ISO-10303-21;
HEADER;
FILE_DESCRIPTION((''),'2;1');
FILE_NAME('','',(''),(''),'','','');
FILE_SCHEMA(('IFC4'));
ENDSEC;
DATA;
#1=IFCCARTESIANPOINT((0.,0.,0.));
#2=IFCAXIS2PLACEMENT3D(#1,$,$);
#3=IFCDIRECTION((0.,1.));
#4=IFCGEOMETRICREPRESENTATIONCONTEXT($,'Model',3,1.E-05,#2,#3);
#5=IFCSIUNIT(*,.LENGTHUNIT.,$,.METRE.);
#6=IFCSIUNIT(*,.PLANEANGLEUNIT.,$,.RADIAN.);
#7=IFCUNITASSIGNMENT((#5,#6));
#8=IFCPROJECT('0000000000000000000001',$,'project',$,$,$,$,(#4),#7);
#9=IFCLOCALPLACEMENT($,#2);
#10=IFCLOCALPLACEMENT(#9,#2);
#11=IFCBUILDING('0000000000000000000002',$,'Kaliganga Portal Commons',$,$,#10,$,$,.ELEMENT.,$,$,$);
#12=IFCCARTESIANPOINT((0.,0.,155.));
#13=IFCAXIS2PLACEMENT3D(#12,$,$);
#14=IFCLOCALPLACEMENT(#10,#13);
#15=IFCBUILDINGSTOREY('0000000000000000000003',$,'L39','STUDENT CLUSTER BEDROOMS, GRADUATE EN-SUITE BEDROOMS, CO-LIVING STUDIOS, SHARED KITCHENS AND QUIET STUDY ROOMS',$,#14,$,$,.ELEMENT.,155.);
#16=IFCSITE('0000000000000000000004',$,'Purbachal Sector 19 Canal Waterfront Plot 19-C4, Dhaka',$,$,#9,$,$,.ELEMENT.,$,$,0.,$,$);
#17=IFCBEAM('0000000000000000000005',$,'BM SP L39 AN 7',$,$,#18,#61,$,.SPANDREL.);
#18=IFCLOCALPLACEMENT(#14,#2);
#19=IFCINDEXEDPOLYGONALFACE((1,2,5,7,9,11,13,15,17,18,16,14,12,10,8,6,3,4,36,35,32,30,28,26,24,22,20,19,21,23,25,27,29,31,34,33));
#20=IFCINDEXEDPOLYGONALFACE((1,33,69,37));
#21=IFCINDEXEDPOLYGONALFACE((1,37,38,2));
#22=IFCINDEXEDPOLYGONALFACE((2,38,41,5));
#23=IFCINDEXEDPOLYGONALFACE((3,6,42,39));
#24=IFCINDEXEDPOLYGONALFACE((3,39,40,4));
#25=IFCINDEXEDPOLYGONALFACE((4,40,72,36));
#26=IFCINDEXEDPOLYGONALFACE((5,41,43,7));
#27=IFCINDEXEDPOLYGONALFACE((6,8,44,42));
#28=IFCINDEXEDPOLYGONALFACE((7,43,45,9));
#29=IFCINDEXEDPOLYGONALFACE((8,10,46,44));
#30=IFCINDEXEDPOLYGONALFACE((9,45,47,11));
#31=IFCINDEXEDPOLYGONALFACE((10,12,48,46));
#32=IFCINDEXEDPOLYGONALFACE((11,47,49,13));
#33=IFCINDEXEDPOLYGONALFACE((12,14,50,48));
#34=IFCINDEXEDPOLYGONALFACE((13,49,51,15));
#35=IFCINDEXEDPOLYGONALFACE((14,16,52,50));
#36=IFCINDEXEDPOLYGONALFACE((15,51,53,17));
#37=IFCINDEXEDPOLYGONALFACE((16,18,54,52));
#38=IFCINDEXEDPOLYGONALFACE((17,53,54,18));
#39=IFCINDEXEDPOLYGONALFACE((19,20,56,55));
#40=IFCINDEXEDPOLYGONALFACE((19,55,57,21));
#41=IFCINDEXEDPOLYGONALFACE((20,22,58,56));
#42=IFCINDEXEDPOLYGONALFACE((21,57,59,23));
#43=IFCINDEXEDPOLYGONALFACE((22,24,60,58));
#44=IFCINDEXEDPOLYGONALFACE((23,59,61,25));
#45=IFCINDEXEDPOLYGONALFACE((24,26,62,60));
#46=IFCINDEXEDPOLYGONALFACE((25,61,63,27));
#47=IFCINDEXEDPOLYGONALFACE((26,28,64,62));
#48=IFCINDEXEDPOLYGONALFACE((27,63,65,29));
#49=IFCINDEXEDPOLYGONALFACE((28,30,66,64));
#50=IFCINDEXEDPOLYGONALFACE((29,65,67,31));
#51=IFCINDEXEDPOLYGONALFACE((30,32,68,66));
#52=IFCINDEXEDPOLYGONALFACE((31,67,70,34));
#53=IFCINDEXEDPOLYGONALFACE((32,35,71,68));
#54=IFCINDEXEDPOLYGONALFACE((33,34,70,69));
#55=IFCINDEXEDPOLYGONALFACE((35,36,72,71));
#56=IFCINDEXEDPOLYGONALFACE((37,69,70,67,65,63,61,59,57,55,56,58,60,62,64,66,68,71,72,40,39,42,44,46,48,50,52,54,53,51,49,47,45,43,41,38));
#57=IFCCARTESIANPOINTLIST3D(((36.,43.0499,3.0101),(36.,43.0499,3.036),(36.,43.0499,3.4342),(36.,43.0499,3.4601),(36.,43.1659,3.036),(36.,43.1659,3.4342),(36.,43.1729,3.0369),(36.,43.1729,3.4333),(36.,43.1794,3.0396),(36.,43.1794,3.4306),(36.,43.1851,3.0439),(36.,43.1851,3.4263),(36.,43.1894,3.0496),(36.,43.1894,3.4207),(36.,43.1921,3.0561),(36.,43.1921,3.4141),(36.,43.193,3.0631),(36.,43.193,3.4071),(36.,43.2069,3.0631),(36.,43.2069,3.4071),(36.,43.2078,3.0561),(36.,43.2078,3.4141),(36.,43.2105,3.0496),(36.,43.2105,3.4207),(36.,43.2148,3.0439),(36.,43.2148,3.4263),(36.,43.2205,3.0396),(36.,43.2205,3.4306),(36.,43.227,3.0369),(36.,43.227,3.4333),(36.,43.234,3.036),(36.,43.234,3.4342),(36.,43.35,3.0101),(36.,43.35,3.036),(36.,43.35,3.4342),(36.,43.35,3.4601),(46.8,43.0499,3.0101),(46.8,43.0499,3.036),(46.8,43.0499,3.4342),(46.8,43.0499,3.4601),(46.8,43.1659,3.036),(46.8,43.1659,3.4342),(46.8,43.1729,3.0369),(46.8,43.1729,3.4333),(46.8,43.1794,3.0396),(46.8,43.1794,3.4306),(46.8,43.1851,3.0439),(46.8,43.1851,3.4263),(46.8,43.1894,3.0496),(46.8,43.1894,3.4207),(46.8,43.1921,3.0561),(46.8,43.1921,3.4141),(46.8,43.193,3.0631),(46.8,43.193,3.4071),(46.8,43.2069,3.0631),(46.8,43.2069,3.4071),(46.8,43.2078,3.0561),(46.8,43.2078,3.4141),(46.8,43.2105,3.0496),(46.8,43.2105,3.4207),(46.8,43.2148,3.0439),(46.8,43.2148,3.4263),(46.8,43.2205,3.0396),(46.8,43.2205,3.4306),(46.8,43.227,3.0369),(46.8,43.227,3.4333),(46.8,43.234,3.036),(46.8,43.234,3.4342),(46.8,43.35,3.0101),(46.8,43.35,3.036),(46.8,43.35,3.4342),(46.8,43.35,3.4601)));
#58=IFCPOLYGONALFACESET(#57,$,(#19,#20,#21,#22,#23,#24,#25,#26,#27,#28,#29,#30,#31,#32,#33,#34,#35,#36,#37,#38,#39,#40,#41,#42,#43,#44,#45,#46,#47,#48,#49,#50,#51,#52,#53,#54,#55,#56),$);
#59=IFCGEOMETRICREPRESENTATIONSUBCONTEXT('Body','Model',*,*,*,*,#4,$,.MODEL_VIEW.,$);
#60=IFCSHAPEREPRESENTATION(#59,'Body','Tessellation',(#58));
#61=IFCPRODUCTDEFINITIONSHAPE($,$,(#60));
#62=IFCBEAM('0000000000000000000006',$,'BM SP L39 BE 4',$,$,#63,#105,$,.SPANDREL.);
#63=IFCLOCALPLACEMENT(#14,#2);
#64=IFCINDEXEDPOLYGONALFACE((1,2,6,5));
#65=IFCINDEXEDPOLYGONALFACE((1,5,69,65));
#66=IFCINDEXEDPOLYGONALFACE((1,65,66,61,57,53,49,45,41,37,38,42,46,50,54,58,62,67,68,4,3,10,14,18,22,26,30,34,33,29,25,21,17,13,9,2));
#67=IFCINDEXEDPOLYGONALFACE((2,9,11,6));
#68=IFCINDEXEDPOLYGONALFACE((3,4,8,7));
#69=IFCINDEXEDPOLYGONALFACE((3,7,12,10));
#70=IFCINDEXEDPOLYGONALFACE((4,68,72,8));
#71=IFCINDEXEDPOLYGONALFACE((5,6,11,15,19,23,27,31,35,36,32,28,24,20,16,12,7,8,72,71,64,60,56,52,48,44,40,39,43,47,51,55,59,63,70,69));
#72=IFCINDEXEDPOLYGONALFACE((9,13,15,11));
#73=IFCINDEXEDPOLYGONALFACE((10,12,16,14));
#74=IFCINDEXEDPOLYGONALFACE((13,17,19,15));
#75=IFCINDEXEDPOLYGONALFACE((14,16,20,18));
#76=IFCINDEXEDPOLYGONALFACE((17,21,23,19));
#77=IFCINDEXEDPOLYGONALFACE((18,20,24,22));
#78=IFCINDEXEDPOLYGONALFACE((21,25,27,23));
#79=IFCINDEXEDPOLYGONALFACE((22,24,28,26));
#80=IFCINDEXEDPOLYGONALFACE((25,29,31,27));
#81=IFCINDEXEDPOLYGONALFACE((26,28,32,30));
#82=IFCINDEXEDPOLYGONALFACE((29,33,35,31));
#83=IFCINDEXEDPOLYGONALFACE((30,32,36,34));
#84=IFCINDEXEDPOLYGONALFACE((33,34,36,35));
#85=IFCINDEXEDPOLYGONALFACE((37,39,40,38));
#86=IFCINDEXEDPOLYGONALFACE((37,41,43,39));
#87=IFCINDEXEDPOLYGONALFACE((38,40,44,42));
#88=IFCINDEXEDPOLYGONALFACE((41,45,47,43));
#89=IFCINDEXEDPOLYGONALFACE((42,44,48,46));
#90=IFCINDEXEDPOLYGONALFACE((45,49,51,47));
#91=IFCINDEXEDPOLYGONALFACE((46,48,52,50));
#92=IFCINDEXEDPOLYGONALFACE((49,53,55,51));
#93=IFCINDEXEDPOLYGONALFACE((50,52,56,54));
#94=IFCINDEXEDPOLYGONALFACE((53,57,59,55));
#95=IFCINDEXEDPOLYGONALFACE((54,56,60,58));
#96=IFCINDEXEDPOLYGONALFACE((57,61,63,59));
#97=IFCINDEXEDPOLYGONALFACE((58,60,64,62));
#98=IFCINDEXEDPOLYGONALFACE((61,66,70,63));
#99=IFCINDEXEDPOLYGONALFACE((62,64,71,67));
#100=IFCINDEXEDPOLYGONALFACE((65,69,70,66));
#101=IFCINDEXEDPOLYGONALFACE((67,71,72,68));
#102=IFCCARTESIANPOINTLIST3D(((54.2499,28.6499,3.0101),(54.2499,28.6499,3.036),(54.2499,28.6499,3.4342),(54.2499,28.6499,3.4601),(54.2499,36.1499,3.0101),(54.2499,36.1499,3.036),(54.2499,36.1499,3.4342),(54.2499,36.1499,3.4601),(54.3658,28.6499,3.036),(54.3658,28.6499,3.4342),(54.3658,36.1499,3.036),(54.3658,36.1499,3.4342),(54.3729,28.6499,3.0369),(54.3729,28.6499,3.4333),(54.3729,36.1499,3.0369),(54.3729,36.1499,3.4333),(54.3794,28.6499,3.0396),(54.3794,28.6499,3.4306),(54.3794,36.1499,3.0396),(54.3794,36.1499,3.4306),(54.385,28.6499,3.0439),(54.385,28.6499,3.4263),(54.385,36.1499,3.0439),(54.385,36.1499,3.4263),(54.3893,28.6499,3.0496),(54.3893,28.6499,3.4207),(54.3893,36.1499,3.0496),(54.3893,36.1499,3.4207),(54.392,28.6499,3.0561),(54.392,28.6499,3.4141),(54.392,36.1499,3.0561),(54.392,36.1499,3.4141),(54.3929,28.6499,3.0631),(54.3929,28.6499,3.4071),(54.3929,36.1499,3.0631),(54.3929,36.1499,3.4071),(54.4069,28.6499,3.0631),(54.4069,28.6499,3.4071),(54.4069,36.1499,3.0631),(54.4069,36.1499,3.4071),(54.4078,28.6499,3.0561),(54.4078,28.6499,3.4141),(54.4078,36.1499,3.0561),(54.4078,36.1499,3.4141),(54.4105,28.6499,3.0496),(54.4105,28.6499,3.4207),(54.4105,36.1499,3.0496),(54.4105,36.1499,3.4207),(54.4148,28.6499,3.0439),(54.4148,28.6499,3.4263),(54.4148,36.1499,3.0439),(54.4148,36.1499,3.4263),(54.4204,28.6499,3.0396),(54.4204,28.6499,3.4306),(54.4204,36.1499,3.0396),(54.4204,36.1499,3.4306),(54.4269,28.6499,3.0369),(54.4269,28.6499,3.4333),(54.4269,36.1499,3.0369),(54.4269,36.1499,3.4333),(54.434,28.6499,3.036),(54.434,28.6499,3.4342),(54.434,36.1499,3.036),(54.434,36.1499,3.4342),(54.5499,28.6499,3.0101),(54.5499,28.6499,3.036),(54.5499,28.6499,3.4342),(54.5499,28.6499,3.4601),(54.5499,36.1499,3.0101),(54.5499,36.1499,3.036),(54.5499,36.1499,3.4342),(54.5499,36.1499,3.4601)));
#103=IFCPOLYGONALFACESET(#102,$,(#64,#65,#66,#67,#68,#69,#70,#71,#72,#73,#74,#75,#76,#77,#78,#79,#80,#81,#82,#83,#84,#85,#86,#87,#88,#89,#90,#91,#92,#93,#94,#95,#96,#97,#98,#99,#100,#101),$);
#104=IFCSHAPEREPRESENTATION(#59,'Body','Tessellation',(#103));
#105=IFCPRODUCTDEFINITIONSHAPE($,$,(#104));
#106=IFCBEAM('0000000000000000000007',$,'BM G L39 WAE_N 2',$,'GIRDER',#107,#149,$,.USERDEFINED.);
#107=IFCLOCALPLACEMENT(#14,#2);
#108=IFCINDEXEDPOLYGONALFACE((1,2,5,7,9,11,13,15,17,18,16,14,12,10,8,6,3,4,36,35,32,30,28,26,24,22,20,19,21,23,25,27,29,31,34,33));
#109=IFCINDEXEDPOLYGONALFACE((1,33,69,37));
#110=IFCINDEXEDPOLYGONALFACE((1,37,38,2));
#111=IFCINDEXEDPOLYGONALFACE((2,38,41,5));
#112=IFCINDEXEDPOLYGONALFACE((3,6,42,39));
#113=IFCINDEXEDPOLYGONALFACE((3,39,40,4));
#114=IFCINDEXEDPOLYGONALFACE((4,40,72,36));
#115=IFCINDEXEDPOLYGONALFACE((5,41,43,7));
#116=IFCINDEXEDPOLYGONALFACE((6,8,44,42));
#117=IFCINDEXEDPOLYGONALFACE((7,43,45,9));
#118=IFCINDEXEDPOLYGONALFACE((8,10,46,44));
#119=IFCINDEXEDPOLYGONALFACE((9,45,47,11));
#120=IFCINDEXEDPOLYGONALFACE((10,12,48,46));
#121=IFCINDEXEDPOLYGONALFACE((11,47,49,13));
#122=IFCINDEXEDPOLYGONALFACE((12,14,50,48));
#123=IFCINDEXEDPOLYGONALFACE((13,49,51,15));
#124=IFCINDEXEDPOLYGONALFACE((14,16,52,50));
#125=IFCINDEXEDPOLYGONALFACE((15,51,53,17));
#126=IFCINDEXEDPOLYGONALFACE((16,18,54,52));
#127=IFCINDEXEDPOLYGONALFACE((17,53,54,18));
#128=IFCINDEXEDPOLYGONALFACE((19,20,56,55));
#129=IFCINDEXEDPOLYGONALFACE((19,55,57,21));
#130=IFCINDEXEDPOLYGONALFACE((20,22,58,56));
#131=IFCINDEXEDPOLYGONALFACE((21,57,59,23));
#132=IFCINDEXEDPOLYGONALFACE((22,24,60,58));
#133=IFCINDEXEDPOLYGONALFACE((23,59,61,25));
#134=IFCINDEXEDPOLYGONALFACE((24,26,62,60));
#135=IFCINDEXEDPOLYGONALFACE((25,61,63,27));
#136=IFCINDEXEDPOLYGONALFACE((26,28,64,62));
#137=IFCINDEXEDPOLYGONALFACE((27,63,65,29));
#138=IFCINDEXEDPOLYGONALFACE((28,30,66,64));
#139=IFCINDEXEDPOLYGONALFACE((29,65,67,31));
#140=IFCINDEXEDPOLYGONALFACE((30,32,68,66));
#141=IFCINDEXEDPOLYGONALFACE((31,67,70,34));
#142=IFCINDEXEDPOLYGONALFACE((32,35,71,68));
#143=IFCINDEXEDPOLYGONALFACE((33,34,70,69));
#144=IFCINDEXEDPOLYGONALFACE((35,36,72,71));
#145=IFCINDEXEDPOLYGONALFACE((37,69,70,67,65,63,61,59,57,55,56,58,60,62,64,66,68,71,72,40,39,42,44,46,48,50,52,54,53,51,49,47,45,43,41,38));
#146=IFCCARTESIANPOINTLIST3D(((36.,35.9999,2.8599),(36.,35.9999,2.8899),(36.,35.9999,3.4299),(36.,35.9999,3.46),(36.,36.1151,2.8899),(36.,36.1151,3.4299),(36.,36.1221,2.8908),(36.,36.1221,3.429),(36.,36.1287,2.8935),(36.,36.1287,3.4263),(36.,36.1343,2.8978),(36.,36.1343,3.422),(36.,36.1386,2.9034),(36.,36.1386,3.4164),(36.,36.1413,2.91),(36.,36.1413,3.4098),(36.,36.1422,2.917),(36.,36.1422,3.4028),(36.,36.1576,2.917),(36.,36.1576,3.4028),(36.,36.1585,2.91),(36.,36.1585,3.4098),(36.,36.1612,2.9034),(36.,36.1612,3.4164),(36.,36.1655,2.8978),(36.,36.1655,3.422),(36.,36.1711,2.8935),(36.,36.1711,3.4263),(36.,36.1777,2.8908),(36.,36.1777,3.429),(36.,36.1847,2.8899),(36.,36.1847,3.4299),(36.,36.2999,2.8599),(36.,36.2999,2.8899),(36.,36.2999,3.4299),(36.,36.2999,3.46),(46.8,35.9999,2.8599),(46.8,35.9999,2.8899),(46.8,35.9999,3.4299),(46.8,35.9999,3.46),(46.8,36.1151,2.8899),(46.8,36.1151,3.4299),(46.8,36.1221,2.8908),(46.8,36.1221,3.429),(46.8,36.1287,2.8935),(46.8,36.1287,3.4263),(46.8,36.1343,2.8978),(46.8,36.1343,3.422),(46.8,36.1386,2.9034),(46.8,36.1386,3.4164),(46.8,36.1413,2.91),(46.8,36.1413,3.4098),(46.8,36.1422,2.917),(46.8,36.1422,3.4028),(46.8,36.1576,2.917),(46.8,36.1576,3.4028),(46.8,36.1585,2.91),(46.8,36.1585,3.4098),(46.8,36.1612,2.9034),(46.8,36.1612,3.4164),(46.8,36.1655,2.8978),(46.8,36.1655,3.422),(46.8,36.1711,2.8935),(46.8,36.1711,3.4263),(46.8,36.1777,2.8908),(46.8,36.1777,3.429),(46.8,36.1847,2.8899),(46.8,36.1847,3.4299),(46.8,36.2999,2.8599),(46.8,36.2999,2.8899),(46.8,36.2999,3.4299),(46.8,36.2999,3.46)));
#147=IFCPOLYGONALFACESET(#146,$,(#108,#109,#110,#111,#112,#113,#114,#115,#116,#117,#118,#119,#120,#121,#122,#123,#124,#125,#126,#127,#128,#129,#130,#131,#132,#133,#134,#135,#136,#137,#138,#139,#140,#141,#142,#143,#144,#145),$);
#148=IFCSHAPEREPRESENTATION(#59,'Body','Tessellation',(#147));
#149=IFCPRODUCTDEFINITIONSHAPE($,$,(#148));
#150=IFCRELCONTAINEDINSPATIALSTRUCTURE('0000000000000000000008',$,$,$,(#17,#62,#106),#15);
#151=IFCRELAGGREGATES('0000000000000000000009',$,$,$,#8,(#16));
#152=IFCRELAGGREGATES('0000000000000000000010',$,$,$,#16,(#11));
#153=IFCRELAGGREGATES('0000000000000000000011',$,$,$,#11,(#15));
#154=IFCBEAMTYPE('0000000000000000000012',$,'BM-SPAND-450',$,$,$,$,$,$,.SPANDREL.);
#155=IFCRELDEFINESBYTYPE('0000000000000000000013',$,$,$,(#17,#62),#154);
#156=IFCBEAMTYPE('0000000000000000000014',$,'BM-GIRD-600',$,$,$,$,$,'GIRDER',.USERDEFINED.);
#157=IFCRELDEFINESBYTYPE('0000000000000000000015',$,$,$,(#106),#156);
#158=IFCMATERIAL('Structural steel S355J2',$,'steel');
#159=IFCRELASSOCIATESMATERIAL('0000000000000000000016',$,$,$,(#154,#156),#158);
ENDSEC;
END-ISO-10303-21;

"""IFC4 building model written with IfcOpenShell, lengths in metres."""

from ifc_helpers import new_model, si_unit, direction, frame, origin, origin_2d, place, context, subcontext, project, spatial, i_section, extrude, source, transform, mapped, material, material_profile, profile_set, type_object, element, save


model = new_model("IFC4")

# Units and contexts
model_context = context("Model", 3, precision=1e-05, world=origin(), true_north=direction((0.0, 1.0)))
body_context = subcontext(model_context, "Body", "Model", "MODEL_VIEW")
ifc_project = project(units=[si_unit("LENGTHUNIT", "METRE"), si_unit("PLANEANGLEUNIT", "RADIAN")], contexts=[model_context])

# Site, building, storey
site_placement = place(None, origin())
site = spatial("IfcSite", under=ifc_project, at=site_placement, Name="Purbachal Sector 19 Canal Waterfront Plot 19-C4, Dhaka", CompositionType="ELEMENT", RefElevation=0.0)
building_placement = place(site_placement, origin())
building = spatial("IfcBuilding", under=site, at=building_placement, Name="Kaliganga Portal Commons", CompositionType="ELEMENT")
storey_placement = place(building_placement, frame((0.0, 0.0, 155.0)))
storey = spatial("IfcBuildingStorey", under=building, at=storey_placement, Name="L39", Description="STUDENT CLUSTER BEDROOMS, GRADUATE EN-SUITE BEDROOMS, CO-LIVING STUDIOS, SHARED KITCHENS AND QUIET STUDY ROOMS", CompositionType="ELEMENT", Elevation=155.0)

# Beams
ifc_material_1 = material(Name="Structural steel S355J2", Category="steel")
ifc_material_profile_1 = material_profile(ifc_material_1, i_section(OverallWidth=0.3, OverallDepth=0.45, WebThickness=0.0139, FlangeThickness=0.0259, FilletRadius=0.0271, at=origin_2d()), Name="HE 450 B")
ifc_profile_set_1 = profile_set([ifc_material_profile_1], Name="Structural steel S355J2 wide-flange")
beam_type_1 = type_object("IfcBeamType", Name="BM-SPAND-450", PredefinedType="SPANDREL", material=ifc_profile_set_1)
shared_shape_1 = source(origin(), body_context, "Body", "SweptSolid", [
    extrude(i_section(OverallWidth=0.3, OverallDepth=0.45, WebThickness=0.0139, FlangeThickness=0.0259, FilletRadius=0.0271, at=origin_2d()), origin(), (0.0, 0.0, 1.0), 10.8),
])
beam_1_placement = place(storey_placement, frame((36.0, 43.2, 3.2351), z_axis=(1.0, 0.0, 0.0), x_axis=(0.0, 1.0, 0.0)))
element("IfcBeam", 1, at=beam_1_placement, inside=storey, type_object=beam_type_1, Name="BM SP L39 AN 7", PredefinedType="SPANDREL", context=body_context, shape_type="MappedRepresentation", body=[
    mapped(shared_shape_1, transform((0.0, 0.0, 0.0), x_axis=(1.0, 0.0, 0.0), y_axis=(0.0, 1.0, 0.0), z_axis=(0.0, 0.0, 1.0), scale=1.0)),
])
shared_shape_2 = source(origin(), body_context, "Body", "SweptSolid", [
    extrude(i_section(OverallWidth=0.3, OverallDepth=0.45, WebThickness=0.0139, FlangeThickness=0.0259, FilletRadius=0.0271, at=origin_2d()), origin(), (0.0, 0.0, 1.0), 7.5),
])
beam_2_placement = place(storey_placement, frame((54.3999, 28.6499, 3.2351), z_axis=(0.0, 1.0, 0.0), x_axis=(-1.0, 0.0, 0.0)))
element("IfcBeam", 2, at=beam_2_placement, inside=storey, type_object=beam_type_1, Name="BM SP L39 BE 4", PredefinedType="SPANDREL", context=body_context, shape_type="MappedRepresentation", body=[
    mapped(shared_shape_2, transform((0.0, 0.0, 0.0), x_axis=(1.0, 0.0, 0.0), y_axis=(0.0, 1.0, 0.0), z_axis=(0.0, 0.0, 1.0), scale=1.0)),
])
ifc_material_profile_2 = material_profile(ifc_material_1, i_section(OverallWidth=0.3, OverallDepth=0.6001, WebThickness=0.0154, FlangeThickness=0.03, FilletRadius=0.0271, at=origin_2d()), Name="HE 600 B")
ifc_profile_set_2 = profile_set([ifc_material_profile_2], Name="Structural steel S355J2 wide-flange")
beam_type_2 = type_object("IfcBeamType", Name="BM-GIRD-600", ElementType="GIRDER", PredefinedType="USERDEFINED", material=ifc_profile_set_2)
shared_shape_3 = source(origin(), body_context, "Body", "SweptSolid", [
    extrude(i_section(OverallWidth=0.3, OverallDepth=0.6001, WebThickness=0.0154, FlangeThickness=0.03, FilletRadius=0.0271, at=origin_2d()), origin(), (0.0, 0.0, 1.0), 10.8),
])
beam_3_placement = place(storey_placement, frame((36.0, 36.1499, 3.1599), z_axis=(1.0, 0.0, 0.0), x_axis=(0.0, 1.0, 0.0)))
element("IfcBeam", 3, at=beam_3_placement, inside=storey, type_object=beam_type_2, Name="BM G L39 WAE_N 2", ObjectType="GIRDER", PredefinedType="USERDEFINED", context=body_context, shape_type="MappedRepresentation", body=[
    mapped(shared_shape_3, transform((0.0, 0.0, 0.0), x_axis=(1.0, 0.0, 0.0), y_axis=(0.0, 1.0, 0.0), z_axis=(0.0, 0.0, 1.0), scale=1.0)),
])

save(model, "model.ifc")
